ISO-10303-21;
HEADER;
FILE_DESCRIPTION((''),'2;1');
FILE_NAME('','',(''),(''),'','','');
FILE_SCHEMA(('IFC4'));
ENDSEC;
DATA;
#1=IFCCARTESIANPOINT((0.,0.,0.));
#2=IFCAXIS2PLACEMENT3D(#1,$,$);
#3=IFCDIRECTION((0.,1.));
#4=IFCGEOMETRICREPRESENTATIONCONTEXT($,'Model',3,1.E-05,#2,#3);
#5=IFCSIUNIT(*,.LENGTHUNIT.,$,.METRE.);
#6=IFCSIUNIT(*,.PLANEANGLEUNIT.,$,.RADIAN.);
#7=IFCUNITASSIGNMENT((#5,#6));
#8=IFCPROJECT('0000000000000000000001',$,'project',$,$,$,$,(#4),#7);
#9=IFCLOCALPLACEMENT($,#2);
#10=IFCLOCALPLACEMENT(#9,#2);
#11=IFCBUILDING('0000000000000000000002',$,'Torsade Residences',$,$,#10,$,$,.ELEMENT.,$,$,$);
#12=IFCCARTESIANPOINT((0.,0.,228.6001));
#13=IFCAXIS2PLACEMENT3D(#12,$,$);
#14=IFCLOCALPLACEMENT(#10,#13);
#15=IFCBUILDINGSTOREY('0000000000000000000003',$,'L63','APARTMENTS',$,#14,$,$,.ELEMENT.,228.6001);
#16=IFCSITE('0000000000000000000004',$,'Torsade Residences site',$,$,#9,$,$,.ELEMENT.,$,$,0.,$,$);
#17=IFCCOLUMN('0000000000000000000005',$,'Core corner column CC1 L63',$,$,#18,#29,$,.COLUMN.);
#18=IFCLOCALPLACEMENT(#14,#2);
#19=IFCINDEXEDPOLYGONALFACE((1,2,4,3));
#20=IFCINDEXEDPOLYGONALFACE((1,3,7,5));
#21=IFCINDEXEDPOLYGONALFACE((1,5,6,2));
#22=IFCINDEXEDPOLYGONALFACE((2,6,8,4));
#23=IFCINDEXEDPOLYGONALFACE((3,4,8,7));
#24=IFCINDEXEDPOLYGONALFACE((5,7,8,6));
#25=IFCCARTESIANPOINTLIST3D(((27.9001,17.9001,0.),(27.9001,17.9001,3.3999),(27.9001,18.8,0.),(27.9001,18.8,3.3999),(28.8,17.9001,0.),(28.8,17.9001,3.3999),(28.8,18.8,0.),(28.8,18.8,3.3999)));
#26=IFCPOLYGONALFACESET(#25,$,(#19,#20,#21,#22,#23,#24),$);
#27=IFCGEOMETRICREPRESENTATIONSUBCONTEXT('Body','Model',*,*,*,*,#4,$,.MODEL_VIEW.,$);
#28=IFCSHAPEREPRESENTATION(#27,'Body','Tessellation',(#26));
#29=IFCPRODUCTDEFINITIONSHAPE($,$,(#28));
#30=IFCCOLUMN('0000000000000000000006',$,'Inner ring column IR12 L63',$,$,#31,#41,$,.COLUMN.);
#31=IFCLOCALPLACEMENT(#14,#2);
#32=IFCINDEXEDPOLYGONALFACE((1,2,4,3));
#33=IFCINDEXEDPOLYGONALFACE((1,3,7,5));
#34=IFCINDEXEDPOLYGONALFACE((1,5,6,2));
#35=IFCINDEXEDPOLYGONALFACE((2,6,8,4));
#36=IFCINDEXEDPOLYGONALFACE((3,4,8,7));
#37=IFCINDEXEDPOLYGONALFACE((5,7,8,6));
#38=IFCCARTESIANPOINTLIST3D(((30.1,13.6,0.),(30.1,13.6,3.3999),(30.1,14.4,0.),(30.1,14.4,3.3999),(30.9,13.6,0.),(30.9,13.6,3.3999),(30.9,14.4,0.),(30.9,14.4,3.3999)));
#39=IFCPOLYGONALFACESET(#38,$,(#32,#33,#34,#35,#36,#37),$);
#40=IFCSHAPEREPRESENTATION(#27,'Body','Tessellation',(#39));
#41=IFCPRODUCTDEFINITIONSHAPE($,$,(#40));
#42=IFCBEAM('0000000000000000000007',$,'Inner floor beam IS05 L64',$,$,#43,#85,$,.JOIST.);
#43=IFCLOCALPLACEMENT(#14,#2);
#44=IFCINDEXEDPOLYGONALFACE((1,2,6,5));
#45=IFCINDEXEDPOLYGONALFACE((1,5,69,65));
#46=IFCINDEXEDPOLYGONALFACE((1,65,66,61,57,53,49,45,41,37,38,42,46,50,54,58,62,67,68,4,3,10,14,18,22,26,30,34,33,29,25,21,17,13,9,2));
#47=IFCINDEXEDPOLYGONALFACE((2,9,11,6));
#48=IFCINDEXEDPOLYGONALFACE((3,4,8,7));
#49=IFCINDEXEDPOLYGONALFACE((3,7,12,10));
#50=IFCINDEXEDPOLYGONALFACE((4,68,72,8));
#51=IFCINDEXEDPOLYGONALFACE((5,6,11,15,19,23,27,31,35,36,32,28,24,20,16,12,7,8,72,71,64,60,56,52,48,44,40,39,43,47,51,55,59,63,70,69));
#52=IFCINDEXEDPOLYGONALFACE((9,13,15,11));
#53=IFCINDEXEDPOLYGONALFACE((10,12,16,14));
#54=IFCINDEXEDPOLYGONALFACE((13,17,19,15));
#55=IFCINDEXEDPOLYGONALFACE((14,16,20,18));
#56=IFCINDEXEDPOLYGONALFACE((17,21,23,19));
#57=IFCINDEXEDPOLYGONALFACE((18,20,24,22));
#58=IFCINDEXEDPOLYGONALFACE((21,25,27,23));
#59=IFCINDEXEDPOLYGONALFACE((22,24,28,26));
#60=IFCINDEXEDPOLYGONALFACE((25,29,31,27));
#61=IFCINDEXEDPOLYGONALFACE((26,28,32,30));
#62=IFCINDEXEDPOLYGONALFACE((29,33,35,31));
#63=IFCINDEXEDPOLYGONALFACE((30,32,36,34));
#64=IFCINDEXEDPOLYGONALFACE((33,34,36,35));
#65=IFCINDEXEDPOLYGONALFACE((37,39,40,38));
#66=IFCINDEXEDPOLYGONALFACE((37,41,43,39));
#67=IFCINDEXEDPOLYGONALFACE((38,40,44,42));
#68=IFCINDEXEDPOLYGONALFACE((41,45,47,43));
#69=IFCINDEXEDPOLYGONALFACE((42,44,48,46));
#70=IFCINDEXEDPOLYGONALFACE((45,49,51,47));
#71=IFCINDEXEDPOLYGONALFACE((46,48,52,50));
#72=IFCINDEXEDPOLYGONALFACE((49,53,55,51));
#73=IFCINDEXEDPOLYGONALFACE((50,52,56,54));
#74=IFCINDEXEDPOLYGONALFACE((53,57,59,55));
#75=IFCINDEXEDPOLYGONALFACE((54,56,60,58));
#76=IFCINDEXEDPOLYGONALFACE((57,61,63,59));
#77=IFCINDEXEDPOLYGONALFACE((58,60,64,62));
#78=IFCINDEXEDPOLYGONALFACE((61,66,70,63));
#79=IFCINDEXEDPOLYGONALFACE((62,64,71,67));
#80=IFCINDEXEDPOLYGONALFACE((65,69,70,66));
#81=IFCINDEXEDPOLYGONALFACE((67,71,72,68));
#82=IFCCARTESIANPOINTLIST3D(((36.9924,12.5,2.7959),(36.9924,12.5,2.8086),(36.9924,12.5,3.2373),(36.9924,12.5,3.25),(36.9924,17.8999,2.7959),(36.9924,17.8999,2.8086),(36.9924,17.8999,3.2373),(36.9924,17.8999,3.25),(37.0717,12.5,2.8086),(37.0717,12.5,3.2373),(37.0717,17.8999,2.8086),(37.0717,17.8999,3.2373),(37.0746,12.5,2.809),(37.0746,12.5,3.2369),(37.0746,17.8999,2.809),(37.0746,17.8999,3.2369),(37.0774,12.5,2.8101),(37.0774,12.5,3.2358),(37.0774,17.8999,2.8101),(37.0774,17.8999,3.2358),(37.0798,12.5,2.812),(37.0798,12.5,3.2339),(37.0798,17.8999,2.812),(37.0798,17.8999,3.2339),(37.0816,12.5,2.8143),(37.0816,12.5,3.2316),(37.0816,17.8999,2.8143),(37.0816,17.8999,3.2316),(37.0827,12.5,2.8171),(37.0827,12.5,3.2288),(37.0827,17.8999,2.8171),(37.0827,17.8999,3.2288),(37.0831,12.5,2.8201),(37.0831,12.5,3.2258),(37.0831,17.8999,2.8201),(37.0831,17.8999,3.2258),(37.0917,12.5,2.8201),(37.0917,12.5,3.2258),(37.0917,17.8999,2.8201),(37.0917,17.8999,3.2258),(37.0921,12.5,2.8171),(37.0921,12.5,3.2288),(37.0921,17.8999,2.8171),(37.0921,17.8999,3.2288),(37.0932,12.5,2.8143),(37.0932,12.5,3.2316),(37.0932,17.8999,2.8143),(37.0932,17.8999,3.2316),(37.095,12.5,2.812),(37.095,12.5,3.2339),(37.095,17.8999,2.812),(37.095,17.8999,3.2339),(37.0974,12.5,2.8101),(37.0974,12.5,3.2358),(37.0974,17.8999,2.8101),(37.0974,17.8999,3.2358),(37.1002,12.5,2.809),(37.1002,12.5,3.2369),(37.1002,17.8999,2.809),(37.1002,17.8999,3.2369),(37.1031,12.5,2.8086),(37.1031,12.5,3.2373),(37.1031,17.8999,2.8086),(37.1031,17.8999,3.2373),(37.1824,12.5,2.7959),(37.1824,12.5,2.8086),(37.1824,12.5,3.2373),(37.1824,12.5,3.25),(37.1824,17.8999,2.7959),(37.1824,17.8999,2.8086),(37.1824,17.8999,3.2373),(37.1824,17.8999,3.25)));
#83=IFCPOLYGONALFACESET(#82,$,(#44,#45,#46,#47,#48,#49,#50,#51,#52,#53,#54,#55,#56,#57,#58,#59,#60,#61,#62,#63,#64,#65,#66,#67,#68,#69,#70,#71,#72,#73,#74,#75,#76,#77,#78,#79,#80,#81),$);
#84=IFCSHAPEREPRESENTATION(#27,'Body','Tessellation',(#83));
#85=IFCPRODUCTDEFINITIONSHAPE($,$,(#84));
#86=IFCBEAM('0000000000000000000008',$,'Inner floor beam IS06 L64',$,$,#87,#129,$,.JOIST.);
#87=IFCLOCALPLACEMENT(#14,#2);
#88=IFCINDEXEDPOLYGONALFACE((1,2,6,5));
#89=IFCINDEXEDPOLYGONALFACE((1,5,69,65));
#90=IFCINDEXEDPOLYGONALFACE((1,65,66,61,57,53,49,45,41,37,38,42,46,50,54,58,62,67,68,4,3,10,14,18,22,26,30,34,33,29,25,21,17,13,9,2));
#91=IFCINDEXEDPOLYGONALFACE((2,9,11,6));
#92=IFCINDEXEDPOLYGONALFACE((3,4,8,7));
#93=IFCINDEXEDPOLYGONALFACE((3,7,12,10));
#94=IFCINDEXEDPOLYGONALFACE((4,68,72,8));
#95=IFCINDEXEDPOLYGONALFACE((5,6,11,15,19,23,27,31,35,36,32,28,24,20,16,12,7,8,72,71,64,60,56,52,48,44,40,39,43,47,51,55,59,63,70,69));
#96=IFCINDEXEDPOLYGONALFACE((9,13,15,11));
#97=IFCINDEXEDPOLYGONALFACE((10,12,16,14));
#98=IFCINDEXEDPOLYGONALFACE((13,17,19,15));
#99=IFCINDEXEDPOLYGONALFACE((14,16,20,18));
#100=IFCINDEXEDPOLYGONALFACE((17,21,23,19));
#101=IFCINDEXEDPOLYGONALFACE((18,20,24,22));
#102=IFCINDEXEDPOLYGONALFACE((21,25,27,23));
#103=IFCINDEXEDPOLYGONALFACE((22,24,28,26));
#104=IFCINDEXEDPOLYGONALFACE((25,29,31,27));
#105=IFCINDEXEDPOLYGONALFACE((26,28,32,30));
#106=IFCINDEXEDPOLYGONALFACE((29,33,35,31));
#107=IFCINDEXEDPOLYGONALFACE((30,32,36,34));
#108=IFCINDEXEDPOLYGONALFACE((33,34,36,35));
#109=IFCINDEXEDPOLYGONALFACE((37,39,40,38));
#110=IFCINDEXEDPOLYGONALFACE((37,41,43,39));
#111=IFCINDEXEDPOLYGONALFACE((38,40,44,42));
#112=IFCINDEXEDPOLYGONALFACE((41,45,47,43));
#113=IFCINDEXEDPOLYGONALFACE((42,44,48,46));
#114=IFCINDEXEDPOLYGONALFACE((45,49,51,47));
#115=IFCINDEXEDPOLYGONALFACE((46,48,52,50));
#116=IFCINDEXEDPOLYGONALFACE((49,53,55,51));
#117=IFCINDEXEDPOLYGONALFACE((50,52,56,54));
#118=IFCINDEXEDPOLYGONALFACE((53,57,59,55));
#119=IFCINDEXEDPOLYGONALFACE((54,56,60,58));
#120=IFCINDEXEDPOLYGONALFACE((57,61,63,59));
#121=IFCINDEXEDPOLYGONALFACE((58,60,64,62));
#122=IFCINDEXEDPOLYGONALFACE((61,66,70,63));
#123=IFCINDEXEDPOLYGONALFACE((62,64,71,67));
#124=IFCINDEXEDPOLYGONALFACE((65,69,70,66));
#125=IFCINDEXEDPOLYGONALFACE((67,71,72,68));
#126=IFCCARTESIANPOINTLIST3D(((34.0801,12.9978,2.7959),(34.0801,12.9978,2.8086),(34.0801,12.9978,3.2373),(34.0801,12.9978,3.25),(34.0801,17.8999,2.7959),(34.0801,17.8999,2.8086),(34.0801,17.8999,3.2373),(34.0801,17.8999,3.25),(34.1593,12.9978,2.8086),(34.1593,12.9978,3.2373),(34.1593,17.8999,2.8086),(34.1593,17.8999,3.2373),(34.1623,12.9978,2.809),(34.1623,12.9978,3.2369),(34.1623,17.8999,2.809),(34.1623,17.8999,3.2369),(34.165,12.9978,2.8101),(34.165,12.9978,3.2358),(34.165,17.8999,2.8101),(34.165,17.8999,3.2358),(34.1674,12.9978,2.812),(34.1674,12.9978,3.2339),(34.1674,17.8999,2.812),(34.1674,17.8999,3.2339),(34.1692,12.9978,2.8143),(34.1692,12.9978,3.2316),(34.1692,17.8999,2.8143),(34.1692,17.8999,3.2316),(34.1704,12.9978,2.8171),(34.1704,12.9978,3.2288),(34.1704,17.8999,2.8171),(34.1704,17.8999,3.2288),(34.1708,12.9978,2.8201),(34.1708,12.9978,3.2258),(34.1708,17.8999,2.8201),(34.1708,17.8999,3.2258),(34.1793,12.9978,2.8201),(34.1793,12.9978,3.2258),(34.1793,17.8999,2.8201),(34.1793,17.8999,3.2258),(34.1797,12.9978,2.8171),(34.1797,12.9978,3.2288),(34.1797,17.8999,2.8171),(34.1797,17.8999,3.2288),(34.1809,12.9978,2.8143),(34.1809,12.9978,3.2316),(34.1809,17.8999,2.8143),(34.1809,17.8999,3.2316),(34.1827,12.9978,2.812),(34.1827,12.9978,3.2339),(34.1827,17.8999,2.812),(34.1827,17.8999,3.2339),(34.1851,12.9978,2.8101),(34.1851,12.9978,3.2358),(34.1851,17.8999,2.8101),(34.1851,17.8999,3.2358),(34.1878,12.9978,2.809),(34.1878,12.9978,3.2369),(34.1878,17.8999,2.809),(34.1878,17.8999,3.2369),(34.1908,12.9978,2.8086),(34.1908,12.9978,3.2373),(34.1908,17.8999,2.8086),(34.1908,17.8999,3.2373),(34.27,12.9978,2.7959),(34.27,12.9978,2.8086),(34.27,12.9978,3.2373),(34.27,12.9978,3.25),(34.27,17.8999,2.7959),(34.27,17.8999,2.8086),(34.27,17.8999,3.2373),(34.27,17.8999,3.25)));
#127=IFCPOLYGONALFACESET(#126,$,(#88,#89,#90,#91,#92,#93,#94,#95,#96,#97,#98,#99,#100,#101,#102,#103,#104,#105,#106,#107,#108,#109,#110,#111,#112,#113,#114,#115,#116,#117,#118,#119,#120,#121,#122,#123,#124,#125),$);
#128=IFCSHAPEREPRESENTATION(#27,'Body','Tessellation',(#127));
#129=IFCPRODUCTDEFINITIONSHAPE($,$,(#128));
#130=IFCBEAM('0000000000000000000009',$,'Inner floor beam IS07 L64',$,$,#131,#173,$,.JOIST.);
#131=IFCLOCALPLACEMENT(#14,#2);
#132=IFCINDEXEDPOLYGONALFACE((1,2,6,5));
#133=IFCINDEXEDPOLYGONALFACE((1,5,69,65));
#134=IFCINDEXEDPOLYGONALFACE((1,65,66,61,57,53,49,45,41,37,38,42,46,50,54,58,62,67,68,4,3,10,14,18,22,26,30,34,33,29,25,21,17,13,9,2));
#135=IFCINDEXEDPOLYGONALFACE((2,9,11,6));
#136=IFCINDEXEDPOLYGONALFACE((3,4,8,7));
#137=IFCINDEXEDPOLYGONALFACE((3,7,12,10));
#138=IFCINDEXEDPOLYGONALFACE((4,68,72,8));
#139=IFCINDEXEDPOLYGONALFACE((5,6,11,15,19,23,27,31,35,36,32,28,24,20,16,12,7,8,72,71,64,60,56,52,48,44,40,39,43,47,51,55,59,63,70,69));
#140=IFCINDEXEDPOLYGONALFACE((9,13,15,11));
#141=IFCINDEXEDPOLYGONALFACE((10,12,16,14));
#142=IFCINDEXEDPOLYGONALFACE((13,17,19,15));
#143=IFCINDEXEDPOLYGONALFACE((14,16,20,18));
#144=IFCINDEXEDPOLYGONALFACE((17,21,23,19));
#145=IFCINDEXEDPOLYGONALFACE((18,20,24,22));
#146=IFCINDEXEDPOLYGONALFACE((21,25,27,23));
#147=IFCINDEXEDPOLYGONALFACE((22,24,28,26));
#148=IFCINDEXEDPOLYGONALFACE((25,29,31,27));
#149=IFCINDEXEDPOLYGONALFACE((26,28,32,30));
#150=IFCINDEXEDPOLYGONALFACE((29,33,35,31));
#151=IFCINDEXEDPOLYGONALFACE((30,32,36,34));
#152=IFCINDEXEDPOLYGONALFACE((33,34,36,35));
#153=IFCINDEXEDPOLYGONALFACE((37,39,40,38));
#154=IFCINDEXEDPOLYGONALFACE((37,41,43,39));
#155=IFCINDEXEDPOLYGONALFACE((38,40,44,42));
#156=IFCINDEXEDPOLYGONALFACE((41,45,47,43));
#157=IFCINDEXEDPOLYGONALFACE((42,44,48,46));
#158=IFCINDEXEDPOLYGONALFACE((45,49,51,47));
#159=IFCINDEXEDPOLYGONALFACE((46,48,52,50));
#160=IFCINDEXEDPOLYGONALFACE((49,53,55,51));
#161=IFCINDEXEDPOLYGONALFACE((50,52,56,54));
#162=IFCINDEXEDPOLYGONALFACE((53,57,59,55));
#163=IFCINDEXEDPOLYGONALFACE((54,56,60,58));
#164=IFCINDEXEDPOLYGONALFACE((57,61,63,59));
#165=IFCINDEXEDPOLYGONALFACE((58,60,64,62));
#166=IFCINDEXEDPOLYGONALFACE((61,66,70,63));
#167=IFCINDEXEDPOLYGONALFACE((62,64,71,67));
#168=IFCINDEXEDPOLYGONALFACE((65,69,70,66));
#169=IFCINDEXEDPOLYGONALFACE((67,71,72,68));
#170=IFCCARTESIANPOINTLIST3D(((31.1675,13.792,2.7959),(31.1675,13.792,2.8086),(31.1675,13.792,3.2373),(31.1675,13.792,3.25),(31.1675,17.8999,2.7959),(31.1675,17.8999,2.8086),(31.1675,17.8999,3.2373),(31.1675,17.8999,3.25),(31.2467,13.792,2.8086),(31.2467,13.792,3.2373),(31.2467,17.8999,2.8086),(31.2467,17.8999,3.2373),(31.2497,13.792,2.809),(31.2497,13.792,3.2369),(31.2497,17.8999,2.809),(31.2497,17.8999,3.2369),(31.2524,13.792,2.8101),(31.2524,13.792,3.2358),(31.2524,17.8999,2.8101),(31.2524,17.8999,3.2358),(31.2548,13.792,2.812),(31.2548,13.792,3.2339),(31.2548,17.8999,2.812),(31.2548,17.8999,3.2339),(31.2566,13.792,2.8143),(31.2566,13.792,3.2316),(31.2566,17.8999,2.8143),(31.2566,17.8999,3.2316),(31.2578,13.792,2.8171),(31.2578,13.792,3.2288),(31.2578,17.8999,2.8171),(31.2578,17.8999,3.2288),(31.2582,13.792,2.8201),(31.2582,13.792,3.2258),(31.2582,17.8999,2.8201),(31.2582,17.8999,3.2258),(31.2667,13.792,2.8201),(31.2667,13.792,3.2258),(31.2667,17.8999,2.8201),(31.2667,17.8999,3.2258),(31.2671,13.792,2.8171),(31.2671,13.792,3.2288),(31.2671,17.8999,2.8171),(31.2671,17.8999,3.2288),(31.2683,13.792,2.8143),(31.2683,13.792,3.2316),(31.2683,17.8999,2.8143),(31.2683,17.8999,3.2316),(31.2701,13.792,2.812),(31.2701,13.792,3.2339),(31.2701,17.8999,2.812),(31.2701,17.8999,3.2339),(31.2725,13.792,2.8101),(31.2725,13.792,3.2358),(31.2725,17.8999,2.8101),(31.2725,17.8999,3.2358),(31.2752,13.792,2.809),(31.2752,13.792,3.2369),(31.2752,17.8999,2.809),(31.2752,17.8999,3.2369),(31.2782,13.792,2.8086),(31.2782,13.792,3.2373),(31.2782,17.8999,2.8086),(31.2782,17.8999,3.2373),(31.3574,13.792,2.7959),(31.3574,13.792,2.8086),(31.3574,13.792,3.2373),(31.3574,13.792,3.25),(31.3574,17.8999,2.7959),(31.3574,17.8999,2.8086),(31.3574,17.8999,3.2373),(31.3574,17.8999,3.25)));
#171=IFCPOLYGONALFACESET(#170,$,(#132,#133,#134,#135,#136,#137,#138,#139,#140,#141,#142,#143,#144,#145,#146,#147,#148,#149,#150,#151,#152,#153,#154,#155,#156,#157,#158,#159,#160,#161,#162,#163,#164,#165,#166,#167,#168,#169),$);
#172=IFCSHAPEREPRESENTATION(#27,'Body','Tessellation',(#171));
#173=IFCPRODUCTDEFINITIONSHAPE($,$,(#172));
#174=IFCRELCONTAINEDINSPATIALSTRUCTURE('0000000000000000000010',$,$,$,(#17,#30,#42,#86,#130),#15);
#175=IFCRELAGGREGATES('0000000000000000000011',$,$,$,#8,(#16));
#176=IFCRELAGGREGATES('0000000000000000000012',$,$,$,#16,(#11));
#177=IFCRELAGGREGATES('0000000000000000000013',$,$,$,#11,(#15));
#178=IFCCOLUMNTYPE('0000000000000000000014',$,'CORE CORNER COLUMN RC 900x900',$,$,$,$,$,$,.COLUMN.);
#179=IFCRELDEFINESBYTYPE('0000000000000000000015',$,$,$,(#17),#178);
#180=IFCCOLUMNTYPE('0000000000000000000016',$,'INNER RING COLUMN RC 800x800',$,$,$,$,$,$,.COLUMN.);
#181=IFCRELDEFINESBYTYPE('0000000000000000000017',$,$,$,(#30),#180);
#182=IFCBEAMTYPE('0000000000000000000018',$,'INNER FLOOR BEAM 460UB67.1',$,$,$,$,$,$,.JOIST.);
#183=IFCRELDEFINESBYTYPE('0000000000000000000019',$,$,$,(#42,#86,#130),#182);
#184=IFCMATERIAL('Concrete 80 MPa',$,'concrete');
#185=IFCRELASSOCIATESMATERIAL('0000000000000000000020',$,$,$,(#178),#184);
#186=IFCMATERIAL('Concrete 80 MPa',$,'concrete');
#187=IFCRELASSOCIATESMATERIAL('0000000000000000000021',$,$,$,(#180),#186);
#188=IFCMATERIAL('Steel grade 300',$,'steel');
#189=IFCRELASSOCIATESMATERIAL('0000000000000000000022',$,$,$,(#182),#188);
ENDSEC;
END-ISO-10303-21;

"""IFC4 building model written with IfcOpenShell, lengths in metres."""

from ifc_helpers import new_model, si_unit, direction, frame, origin, origin_2d, place, context, subcontext, project, spatial, rectangle, i_section, extrude, material, material_profile, profile_set, type_object, element, save


model = new_model("IFC4")

# Units and contexts
model_context = context("Model", 3, precision=1e-05, world=origin(), true_north=direction((0.0, 1.0)))
body_context = subcontext(model_context, "Body", "Model", "MODEL_VIEW")
ifc_project = project(units=[si_unit("LENGTHUNIT", "METRE"), si_unit("PLANEANGLEUNIT", "RADIAN")], contexts=[model_context])

# Site, building, storey
site_placement = place(None, origin())
site = spatial("IfcSite", under=ifc_project, at=site_placement, Name="Torsade Residences site", CompositionType="ELEMENT", RefElevation=0.0)
building_placement = place(site_placement, origin())
building = spatial("IfcBuilding", under=site, at=building_placement, Name="Torsade Residences", CompositionType="ELEMENT")
storey_placement = place(building_placement, frame((0.0, 0.0, 228.6001)))
storey = spatial("IfcBuildingStorey", under=building, at=storey_placement, Name="L63", Description="APARTMENTS", CompositionType="ELEMENT", Elevation=228.6001)

# Columns
ifc_material_1 = material(Name="Concrete 80 MPa", Category="concrete")
ifc_material_profile_1 = material_profile(ifc_material_1, rectangle(XDim=0.8999, YDim=0.8999, at=origin_2d()), Name="RC 900x900")
ifc_profile_set_1 = profile_set([ifc_material_profile_1], Name="Concrete 80 MPa")
column_type_1 = type_object("IfcColumnType", Name="CORE CORNER COLUMN RC 900x900", PredefinedType="COLUMN", material=ifc_profile_set_1)
column_1_placement = place(storey_placement, frame((28.3501, 18.3501, 0.0), z_axis=(0.0, 0.0, 1.0), x_axis=(1.0, 0.0, 0.0)))
element("IfcColumn", 1, at=column_1_placement, inside=storey, type_object=column_type_1, Name="Core corner column CC1 L63", PredefinedType="COLUMN", context=body_context, shape_type="SweptSolid", body=[
    extrude(rectangle(XDim=0.8999, YDim=0.8999, at=origin_2d()), origin(), (0.0, 0.0, 1.0), 3.3999),
])
ifc_material_2 = material(Name="Concrete 80 MPa", Category="concrete")
ifc_material_profile_2 = material_profile(ifc_material_2, rectangle(XDim=0.8, YDim=0.8, at=origin_2d()), Name="RC 800x800")
ifc_profile_set_2 = profile_set([ifc_material_profile_2], Name="Concrete 80 MPa")
column_type_2 = type_object("IfcColumnType", Name="INNER RING COLUMN RC 800x800", PredefinedType="COLUMN", material=ifc_profile_set_2)
column_2_placement = place(storey_placement, frame((30.5, 14.0, 0.0), z_axis=(0.0, 0.0, 1.0), x_axis=(1.0, 0.0, 0.0)))
element("IfcColumn", 2, at=column_2_placement, inside=storey, type_object=column_type_2, Name="Inner ring column IR12 L63", PredefinedType="COLUMN", context=body_context, shape_type="SweptSolid", body=[
    extrude(rectangle(XDim=0.8, YDim=0.8, at=origin_2d()), origin(), (0.0, 0.0, 1.0), 3.3999),
])

# Beams
ifc_material_3 = material(Name="Steel grade 300", Category="steel")
ifc_material_profile_3 = material_profile(ifc_material_3, i_section(OverallWidth=0.1899, OverallDepth=0.4541, WebThickness=0.0085, FlangeThickness=0.0127, FilletRadius=0.0115, at=origin_2d()), Name="460UB67.1")
ifc_profile_set_3 = profile_set([ifc_material_profile_3], Name="Steel grade 300")
beam_type_1 = type_object("IfcBeamType", Name="INNER FLOOR BEAM 460UB67.1", PredefinedType="JOIST", material=ifc_profile_set_3)
beam_1_placement = place(storey_placement, frame((37.0874, 17.8999, 3.0229), z_axis=(0.0, -1.0, 0.0), x_axis=(1.0, 0.0, 0.0)))
element("IfcBeam", 3, at=beam_1_placement, inside=storey, type_object=beam_type_1, Name="Inner floor beam IS05 L64", PredefinedType="JOIST", context=body_context, shape_type="SweptSolid", body=[
    extrude(i_section(OverallWidth=0.1899, OverallDepth=0.4541, WebThickness=0.0085, FlangeThickness=0.0127, FilletRadius=0.0115, at=origin_2d()), origin(), (0.0, 0.0, 1.0), 5.3999),
])
beam_2_placement = place(storey_placement, frame((34.175, 17.8999, 3.0229), z_axis=(0.0, -1.0, 0.0), x_axis=(1.0, 0.0, 0.0)))
element("IfcBeam", 4, at=beam_2_placement, inside=storey, type_object=beam_type_1, Name="Inner floor beam IS06 L64", PredefinedType="JOIST", context=body_context, shape_type="SweptSolid", body=[
    extrude(i_section(OverallWidth=0.1899, OverallDepth=0.4541, WebThickness=0.0085, FlangeThickness=0.0127, FilletRadius=0.0115, at=origin_2d()), origin(), (0.0, 0.0, 1.0), 4.9021),
])
beam_3_placement = place(storey_placement, frame((31.2625, 17.8999, 3.0229), z_axis=(0.0, -1.0, 0.0), x_axis=(1.0, 0.0, 0.0)))
element("IfcBeam", 5, at=beam_3_placement, inside=storey, type_object=beam_type_1, Name="Inner floor beam IS07 L64", PredefinedType="JOIST", context=body_context, shape_type="SweptSolid", body=[
    extrude(i_section(OverallWidth=0.1899, OverallDepth=0.4541, WebThickness=0.0085, FlangeThickness=0.0127, FilletRadius=0.0115, at=origin_2d()), origin(), (0.0, 0.0, 1.0), 4.1079),
])

save(model, "model.ifc")
